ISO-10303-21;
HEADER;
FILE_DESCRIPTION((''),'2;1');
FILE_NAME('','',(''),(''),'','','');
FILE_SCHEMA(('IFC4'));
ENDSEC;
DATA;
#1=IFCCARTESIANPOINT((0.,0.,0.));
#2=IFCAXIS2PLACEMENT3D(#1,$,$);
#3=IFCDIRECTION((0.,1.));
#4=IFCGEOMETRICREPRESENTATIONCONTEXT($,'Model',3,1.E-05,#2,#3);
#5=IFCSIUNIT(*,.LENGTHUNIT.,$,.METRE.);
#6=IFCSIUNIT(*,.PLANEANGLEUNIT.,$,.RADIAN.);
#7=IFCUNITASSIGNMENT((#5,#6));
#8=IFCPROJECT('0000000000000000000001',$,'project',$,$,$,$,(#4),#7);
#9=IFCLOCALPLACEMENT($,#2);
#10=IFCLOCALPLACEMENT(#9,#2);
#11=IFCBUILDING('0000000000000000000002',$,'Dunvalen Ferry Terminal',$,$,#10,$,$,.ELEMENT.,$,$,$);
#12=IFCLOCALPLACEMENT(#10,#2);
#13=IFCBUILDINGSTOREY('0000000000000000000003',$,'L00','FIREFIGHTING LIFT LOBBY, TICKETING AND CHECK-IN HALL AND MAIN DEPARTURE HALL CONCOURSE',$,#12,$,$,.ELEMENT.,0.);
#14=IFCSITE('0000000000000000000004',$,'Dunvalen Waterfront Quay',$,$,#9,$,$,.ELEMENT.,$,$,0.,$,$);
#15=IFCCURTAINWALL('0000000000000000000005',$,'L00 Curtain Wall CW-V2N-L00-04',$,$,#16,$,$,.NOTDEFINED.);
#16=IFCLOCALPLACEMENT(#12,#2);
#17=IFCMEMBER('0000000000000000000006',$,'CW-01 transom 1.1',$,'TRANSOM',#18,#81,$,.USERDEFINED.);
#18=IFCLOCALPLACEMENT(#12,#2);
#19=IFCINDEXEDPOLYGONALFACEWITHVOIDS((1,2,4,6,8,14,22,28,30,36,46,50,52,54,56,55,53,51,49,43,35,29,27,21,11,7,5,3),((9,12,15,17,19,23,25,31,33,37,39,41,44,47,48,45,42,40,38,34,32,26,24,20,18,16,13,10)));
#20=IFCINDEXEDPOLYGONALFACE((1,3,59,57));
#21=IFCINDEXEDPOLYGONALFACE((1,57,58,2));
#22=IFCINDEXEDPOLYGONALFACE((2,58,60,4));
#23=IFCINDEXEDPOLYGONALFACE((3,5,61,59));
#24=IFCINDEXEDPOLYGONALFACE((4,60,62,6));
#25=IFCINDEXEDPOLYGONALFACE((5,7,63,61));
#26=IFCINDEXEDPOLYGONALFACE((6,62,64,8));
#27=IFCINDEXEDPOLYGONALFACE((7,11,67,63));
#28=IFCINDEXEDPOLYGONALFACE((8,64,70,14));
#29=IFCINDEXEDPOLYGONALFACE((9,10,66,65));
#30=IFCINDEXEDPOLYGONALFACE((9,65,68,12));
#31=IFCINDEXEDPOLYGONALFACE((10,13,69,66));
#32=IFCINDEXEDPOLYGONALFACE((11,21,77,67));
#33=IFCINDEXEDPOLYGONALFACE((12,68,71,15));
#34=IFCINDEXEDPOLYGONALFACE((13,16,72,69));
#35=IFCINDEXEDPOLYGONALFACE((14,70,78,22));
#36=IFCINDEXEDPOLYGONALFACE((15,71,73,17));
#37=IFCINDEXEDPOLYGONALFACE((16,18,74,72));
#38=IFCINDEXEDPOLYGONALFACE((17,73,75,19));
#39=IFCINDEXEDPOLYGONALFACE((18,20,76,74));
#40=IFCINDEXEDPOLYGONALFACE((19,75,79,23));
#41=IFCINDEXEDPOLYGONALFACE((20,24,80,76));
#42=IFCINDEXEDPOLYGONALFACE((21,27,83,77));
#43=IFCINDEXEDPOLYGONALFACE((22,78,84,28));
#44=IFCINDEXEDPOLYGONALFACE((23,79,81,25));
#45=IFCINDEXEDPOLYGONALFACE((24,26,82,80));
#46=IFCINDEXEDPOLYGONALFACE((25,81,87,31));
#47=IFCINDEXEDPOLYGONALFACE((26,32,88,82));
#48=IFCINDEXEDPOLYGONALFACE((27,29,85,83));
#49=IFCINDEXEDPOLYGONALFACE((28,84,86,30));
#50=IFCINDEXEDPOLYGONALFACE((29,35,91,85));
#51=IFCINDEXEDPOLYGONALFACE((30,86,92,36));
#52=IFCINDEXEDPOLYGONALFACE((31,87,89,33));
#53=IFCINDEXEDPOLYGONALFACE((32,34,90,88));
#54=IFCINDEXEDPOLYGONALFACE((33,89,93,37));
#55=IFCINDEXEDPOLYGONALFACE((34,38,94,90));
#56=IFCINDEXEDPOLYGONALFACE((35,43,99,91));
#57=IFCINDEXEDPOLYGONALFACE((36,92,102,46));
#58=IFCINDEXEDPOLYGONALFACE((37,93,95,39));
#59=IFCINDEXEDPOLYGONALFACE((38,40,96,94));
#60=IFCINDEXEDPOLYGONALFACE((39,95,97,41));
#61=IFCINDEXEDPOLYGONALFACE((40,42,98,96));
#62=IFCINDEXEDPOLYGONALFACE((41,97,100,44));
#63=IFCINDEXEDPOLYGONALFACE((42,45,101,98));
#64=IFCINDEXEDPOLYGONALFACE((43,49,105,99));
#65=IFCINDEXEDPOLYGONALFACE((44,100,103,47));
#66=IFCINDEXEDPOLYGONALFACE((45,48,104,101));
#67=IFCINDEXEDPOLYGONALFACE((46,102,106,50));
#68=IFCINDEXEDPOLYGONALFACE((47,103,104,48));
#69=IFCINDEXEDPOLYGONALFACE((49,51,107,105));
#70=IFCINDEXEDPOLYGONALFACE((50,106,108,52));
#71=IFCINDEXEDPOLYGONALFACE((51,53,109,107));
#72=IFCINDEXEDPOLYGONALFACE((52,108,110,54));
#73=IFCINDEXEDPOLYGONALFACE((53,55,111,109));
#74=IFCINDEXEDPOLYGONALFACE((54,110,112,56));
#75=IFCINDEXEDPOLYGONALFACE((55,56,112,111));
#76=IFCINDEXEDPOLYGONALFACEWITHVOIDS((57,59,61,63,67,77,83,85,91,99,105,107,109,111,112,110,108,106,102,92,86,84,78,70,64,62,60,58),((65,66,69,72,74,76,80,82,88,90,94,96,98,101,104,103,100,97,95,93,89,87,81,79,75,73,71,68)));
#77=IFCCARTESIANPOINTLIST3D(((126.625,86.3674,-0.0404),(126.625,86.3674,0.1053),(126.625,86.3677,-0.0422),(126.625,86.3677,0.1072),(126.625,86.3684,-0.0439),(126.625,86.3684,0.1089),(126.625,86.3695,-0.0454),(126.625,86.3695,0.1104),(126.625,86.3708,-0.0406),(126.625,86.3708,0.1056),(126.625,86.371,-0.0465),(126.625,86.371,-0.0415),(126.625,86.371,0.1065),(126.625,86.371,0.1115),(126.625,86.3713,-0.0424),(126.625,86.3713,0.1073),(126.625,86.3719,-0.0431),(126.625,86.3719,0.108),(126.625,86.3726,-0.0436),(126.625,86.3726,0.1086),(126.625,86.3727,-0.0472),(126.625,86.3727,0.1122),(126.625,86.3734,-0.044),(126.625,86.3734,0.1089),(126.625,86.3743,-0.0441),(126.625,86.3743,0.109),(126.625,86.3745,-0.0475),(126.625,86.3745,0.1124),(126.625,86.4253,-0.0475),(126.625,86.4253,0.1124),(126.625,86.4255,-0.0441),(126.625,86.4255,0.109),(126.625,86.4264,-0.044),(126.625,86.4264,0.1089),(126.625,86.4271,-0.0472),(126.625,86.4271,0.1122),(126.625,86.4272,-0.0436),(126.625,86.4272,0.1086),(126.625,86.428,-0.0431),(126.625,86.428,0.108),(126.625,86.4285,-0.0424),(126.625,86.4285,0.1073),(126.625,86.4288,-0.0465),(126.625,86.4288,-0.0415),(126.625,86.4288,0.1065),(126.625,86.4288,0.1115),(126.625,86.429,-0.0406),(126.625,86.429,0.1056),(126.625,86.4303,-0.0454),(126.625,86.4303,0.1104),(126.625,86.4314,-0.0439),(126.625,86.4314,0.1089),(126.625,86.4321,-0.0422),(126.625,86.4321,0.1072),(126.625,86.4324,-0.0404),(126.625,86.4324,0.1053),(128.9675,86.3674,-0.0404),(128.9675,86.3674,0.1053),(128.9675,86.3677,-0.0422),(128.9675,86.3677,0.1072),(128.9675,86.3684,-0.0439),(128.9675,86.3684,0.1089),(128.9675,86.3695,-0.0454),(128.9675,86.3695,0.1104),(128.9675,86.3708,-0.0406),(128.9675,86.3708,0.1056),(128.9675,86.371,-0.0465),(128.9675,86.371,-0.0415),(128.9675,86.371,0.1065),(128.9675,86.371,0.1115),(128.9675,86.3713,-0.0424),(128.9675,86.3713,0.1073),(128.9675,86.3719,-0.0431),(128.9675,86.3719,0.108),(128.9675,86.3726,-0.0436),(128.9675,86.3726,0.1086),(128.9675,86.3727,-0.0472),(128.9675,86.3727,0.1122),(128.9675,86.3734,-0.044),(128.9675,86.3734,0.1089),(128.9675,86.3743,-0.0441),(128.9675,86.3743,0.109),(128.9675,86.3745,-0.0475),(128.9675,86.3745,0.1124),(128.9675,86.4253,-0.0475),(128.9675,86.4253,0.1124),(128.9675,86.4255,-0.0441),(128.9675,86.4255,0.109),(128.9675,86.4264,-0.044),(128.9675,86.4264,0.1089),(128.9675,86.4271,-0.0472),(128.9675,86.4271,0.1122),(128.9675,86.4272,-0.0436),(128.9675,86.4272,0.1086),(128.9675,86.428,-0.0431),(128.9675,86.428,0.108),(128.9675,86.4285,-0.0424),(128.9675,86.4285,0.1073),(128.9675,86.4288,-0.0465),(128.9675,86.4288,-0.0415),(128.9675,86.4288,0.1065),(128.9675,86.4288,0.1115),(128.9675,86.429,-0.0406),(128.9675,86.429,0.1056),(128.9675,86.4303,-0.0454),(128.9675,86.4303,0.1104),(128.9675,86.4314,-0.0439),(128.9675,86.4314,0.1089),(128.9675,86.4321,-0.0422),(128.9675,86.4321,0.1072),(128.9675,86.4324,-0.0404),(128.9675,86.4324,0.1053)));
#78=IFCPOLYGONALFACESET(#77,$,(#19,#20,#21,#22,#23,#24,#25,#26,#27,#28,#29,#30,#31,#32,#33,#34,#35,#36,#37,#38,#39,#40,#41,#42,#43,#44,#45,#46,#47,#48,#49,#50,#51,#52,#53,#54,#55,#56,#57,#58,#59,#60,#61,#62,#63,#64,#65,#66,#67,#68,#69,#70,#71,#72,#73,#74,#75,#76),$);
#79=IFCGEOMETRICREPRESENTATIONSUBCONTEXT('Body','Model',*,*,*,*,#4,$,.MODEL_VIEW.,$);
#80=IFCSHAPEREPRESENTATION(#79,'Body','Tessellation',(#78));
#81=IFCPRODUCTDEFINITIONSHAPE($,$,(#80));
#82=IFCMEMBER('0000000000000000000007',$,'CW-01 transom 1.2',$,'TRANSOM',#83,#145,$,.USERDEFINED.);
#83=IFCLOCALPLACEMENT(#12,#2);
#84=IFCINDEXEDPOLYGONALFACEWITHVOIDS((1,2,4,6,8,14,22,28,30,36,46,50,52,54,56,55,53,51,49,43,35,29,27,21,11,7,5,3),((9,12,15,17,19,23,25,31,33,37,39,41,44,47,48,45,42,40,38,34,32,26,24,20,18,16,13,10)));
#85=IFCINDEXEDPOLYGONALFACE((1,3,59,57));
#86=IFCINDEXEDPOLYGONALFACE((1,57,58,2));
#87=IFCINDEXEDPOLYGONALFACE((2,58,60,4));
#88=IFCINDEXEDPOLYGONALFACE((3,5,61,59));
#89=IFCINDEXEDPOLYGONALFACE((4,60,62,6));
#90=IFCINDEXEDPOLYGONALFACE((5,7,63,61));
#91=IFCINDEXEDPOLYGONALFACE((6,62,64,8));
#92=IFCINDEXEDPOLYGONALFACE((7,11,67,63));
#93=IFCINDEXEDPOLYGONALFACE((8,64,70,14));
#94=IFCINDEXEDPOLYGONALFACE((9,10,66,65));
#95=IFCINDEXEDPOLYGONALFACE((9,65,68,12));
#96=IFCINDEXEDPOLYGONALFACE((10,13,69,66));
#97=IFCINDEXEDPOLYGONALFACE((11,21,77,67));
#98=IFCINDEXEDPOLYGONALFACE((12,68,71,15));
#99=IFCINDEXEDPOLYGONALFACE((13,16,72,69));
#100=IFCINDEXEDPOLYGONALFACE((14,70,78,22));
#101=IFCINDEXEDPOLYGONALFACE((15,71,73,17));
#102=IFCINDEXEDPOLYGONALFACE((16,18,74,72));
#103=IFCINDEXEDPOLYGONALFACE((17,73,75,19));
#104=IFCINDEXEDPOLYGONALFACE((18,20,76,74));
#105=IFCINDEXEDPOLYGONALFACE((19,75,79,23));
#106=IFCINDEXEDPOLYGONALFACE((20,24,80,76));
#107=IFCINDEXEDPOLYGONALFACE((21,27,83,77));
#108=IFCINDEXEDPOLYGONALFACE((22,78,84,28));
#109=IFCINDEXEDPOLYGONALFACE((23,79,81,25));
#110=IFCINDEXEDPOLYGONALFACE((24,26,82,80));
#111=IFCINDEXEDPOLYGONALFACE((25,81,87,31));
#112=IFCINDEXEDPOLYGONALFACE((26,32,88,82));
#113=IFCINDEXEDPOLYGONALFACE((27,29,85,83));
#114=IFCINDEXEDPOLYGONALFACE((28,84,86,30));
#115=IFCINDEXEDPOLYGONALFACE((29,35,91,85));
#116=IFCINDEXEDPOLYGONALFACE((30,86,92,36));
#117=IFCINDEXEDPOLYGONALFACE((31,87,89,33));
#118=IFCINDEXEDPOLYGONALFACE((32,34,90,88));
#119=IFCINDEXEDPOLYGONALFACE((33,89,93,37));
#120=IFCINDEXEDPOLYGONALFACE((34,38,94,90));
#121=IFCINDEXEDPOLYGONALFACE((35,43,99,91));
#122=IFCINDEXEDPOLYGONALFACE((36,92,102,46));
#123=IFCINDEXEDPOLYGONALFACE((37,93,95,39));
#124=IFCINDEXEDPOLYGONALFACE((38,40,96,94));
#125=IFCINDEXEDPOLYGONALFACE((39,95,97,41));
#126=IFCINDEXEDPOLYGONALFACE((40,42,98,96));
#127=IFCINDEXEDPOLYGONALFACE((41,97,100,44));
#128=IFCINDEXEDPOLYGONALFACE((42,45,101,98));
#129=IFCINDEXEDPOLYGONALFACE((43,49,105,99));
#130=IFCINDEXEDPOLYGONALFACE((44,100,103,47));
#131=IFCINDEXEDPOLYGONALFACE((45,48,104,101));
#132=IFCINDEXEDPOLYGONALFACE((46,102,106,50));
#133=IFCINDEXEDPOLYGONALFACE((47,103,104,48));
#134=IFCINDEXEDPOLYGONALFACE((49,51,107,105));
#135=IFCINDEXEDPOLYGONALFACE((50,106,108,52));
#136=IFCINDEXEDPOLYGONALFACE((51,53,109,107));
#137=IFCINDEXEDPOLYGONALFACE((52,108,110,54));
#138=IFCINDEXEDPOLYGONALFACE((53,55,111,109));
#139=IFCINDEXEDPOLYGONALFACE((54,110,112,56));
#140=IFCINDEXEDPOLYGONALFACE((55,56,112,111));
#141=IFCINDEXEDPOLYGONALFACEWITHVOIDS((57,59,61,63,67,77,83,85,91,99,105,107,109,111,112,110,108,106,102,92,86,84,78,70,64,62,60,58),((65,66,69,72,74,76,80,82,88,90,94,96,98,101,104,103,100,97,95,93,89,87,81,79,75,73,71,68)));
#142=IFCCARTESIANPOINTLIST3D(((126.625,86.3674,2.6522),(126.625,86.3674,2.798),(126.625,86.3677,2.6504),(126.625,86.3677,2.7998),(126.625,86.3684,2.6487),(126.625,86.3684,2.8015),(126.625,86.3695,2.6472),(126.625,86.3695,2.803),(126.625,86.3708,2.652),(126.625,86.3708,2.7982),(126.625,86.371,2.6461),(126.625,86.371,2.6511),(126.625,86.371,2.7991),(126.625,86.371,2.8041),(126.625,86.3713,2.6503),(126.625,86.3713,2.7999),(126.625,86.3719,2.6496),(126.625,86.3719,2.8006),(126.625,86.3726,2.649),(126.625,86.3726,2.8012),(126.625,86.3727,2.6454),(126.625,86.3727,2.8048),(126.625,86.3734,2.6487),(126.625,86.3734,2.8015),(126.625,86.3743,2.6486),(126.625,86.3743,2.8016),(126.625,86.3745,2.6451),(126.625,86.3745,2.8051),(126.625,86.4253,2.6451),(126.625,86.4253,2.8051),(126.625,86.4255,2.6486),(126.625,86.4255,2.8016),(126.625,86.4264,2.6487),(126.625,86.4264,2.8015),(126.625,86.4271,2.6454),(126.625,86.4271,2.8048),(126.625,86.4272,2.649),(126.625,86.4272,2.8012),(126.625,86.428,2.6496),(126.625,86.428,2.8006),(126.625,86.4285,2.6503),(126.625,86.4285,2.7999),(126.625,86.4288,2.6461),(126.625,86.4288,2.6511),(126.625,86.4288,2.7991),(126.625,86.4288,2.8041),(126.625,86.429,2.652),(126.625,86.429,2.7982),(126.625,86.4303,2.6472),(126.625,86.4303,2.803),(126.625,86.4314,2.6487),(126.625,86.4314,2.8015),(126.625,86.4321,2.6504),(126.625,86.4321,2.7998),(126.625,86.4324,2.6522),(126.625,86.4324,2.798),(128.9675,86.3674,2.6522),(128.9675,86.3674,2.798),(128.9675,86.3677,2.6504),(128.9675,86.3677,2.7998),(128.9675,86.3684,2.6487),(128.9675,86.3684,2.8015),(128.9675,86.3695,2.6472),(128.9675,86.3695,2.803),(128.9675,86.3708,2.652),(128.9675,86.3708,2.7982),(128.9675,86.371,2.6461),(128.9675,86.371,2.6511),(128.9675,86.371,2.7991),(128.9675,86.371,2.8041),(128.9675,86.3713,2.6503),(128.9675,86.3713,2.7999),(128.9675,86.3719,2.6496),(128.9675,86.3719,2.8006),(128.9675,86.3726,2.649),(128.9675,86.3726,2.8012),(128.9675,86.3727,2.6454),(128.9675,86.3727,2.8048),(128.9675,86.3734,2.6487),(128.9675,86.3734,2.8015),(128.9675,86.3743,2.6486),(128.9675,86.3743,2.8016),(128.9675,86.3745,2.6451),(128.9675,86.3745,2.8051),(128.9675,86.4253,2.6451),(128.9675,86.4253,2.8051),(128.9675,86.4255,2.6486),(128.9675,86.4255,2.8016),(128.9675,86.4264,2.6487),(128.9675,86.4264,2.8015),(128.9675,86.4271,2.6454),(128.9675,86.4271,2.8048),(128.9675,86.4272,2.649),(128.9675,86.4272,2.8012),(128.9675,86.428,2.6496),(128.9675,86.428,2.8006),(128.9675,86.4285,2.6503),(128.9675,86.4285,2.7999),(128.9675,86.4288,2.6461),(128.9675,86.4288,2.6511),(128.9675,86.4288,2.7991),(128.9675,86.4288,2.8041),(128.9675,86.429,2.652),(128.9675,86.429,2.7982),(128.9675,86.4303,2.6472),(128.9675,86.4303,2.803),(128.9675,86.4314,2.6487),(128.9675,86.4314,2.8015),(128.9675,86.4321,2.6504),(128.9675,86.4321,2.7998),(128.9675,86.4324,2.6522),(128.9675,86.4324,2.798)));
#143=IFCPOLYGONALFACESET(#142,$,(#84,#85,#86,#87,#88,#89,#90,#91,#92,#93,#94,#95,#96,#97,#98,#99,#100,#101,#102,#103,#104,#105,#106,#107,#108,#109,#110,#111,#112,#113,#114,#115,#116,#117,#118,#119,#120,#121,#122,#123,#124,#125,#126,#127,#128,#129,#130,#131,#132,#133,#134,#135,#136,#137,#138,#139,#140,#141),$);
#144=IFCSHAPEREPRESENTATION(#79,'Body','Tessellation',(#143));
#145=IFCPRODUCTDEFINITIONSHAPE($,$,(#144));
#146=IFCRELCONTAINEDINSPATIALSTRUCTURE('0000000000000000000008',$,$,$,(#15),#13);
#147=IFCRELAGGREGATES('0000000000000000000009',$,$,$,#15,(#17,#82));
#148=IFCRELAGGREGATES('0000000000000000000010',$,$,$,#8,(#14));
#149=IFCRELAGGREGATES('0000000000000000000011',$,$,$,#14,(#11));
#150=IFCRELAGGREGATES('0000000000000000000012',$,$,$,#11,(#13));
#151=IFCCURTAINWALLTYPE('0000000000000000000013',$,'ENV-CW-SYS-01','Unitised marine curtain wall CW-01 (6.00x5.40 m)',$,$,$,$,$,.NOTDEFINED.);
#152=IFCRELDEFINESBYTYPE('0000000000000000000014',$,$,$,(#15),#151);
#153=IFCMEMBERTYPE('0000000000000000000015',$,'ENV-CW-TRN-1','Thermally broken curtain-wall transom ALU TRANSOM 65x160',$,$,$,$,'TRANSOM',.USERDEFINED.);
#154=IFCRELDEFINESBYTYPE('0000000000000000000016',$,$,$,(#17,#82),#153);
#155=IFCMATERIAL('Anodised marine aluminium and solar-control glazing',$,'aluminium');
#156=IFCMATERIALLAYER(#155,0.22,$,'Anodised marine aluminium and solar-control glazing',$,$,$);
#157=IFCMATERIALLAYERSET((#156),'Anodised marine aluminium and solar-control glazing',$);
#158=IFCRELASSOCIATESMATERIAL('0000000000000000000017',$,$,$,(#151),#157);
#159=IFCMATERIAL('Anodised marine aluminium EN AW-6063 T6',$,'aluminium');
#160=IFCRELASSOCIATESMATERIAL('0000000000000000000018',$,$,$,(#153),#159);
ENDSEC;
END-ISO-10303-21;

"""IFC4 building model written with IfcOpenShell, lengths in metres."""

from ifc_helpers import new_model, si_unit, direction, frame, origin, origin_2d, place, context, subcontext, project, spatial, hollow_rectangle, extrude, material, layer, layer_set, material_profile, profile_set, type_object, element, aggregate, save


model = new_model("IFC4")

# Units and contexts
model_context = context("Model", 3, precision=1e-05, world=origin(), true_north=direction((0.0, 1.0)))
body_context = subcontext(model_context, "Body", "Model", "MODEL_VIEW")
ifc_project = project(units=[si_unit("LENGTHUNIT", "METRE"), si_unit("PLANEANGLEUNIT", "RADIAN")], contexts=[model_context])

# Site, building, storey
site_placement = place(None, origin())
site = spatial("IfcSite", under=ifc_project, at=site_placement, Name="Dunvalen Waterfront Quay", CompositionType="ELEMENT", RefElevation=0.0)
building_placement = place(site_placement, origin())
building = spatial("IfcBuilding", under=site, at=building_placement, Name="Dunvalen Ferry Terminal", CompositionType="ELEMENT")
storey_placement = place(building_placement, origin())
storey = spatial("IfcBuildingStorey", under=building, at=storey_placement, Name="L00", Description="FIREFIGHTING LIFT LOBBY, TICKETING AND CHECK-IN HALL AND MAIN DEPARTURE HALL CONCOURSE", CompositionType="ELEMENT", Elevation=0.0)

# Shared definitions
ifc_material_1 = material(Name="Anodised marine aluminium and solar-control glazing", Category="aluminium")
ifc_layer_1 = layer(ifc_material_1, 0.22, Name="Anodised marine aluminium and solar-control glazing")
ifc_layer_set_1 = layer_set([ifc_layer_1], Name="Anodised marine aluminium and solar-control glazing")
curtain_wall_type = type_object("IfcCurtainWallType", Name="ENV-CW-SYS-01", Description="Unitised marine curtain wall CW-01 (6.00x5.40 m)", PredefinedType="NOTDEFINED", material=ifc_layer_set_1)
ifc_material_2 = material(Name="Anodised marine aluminium EN AW-6063 T6", Category="aluminium")

# Curtain wall
curtain_wall_1_placement = place(storey_placement, origin())
curtain_wall_1 = element("IfcCurtainWall", 1, at=curtain_wall_1_placement, inside=storey, type_object=curtain_wall_type, Name="L00 Curtain Wall CW-V2N-L00-04", PredefinedType="NOTDEFINED")

# Members
ifc_material_profile_1 = material_profile(ifc_material_2, hollow_rectangle(XDim=0.0649, YDim=0.1599, WallThickness=0.0034, InnerFilletRadius=0.0034, OuterFilletRadius=0.0071, at=origin_2d()), Name="Anodised marine aluminium EN AW-6063 T6")
ifc_profile_set_1 = profile_set([ifc_material_profile_1], Name="Anodised marine aluminium EN AW-6063 T6")
member_type_1 = type_object("IfcMemberType", Name="ENV-CW-TRN-1", Description="Thermally broken curtain-wall transom ALU TRANSOM 65x160", ElementType="TRANSOM", PredefinedType="USERDEFINED", material=ifc_profile_set_1)
member_1_placement = place(storey_placement, frame((126.625, 86.3999, 0.0325), z_axis=(1.0, 0.0, 0.0), x_axis=(0.0, 1.0, 0.0)))
member_1 = element("IfcMember", 2, at=member_1_placement, type_object=member_type_1, Name="CW-01 transom 1.1", ObjectType="TRANSOM", PredefinedType="USERDEFINED", context=body_context, shape_type="SweptSolid", body=[
    extrude(hollow_rectangle(XDim=0.0649, YDim=0.1599, WallThickness=0.0034, InnerFilletRadius=0.0034, OuterFilletRadius=0.0071, at=origin_2d()), origin(), (0.0, 0.0, 1.0), 2.3425),
])
member_2_placement = place(storey_placement, frame((126.625, 86.3999, 2.7251), z_axis=(1.0, 0.0, 0.0), x_axis=(0.0, 1.0, 0.0)))
member_2 = element("IfcMember", 3, at=member_2_placement, type_object=member_type_1, Name="CW-01 transom 1.2", ObjectType="TRANSOM", PredefinedType="USERDEFINED", context=body_context, shape_type="SweptSolid", body=[
    extrude(hollow_rectangle(XDim=0.0649, YDim=0.1599, WallThickness=0.0034, InnerFilletRadius=0.0034, OuterFilletRadius=0.0071, at=origin_2d()), origin(), (0.0, 0.0, 1.0), 2.3425),
])

aggregate(curtain_wall_1, [member_1, member_2])

save(model, "model.ifc")
